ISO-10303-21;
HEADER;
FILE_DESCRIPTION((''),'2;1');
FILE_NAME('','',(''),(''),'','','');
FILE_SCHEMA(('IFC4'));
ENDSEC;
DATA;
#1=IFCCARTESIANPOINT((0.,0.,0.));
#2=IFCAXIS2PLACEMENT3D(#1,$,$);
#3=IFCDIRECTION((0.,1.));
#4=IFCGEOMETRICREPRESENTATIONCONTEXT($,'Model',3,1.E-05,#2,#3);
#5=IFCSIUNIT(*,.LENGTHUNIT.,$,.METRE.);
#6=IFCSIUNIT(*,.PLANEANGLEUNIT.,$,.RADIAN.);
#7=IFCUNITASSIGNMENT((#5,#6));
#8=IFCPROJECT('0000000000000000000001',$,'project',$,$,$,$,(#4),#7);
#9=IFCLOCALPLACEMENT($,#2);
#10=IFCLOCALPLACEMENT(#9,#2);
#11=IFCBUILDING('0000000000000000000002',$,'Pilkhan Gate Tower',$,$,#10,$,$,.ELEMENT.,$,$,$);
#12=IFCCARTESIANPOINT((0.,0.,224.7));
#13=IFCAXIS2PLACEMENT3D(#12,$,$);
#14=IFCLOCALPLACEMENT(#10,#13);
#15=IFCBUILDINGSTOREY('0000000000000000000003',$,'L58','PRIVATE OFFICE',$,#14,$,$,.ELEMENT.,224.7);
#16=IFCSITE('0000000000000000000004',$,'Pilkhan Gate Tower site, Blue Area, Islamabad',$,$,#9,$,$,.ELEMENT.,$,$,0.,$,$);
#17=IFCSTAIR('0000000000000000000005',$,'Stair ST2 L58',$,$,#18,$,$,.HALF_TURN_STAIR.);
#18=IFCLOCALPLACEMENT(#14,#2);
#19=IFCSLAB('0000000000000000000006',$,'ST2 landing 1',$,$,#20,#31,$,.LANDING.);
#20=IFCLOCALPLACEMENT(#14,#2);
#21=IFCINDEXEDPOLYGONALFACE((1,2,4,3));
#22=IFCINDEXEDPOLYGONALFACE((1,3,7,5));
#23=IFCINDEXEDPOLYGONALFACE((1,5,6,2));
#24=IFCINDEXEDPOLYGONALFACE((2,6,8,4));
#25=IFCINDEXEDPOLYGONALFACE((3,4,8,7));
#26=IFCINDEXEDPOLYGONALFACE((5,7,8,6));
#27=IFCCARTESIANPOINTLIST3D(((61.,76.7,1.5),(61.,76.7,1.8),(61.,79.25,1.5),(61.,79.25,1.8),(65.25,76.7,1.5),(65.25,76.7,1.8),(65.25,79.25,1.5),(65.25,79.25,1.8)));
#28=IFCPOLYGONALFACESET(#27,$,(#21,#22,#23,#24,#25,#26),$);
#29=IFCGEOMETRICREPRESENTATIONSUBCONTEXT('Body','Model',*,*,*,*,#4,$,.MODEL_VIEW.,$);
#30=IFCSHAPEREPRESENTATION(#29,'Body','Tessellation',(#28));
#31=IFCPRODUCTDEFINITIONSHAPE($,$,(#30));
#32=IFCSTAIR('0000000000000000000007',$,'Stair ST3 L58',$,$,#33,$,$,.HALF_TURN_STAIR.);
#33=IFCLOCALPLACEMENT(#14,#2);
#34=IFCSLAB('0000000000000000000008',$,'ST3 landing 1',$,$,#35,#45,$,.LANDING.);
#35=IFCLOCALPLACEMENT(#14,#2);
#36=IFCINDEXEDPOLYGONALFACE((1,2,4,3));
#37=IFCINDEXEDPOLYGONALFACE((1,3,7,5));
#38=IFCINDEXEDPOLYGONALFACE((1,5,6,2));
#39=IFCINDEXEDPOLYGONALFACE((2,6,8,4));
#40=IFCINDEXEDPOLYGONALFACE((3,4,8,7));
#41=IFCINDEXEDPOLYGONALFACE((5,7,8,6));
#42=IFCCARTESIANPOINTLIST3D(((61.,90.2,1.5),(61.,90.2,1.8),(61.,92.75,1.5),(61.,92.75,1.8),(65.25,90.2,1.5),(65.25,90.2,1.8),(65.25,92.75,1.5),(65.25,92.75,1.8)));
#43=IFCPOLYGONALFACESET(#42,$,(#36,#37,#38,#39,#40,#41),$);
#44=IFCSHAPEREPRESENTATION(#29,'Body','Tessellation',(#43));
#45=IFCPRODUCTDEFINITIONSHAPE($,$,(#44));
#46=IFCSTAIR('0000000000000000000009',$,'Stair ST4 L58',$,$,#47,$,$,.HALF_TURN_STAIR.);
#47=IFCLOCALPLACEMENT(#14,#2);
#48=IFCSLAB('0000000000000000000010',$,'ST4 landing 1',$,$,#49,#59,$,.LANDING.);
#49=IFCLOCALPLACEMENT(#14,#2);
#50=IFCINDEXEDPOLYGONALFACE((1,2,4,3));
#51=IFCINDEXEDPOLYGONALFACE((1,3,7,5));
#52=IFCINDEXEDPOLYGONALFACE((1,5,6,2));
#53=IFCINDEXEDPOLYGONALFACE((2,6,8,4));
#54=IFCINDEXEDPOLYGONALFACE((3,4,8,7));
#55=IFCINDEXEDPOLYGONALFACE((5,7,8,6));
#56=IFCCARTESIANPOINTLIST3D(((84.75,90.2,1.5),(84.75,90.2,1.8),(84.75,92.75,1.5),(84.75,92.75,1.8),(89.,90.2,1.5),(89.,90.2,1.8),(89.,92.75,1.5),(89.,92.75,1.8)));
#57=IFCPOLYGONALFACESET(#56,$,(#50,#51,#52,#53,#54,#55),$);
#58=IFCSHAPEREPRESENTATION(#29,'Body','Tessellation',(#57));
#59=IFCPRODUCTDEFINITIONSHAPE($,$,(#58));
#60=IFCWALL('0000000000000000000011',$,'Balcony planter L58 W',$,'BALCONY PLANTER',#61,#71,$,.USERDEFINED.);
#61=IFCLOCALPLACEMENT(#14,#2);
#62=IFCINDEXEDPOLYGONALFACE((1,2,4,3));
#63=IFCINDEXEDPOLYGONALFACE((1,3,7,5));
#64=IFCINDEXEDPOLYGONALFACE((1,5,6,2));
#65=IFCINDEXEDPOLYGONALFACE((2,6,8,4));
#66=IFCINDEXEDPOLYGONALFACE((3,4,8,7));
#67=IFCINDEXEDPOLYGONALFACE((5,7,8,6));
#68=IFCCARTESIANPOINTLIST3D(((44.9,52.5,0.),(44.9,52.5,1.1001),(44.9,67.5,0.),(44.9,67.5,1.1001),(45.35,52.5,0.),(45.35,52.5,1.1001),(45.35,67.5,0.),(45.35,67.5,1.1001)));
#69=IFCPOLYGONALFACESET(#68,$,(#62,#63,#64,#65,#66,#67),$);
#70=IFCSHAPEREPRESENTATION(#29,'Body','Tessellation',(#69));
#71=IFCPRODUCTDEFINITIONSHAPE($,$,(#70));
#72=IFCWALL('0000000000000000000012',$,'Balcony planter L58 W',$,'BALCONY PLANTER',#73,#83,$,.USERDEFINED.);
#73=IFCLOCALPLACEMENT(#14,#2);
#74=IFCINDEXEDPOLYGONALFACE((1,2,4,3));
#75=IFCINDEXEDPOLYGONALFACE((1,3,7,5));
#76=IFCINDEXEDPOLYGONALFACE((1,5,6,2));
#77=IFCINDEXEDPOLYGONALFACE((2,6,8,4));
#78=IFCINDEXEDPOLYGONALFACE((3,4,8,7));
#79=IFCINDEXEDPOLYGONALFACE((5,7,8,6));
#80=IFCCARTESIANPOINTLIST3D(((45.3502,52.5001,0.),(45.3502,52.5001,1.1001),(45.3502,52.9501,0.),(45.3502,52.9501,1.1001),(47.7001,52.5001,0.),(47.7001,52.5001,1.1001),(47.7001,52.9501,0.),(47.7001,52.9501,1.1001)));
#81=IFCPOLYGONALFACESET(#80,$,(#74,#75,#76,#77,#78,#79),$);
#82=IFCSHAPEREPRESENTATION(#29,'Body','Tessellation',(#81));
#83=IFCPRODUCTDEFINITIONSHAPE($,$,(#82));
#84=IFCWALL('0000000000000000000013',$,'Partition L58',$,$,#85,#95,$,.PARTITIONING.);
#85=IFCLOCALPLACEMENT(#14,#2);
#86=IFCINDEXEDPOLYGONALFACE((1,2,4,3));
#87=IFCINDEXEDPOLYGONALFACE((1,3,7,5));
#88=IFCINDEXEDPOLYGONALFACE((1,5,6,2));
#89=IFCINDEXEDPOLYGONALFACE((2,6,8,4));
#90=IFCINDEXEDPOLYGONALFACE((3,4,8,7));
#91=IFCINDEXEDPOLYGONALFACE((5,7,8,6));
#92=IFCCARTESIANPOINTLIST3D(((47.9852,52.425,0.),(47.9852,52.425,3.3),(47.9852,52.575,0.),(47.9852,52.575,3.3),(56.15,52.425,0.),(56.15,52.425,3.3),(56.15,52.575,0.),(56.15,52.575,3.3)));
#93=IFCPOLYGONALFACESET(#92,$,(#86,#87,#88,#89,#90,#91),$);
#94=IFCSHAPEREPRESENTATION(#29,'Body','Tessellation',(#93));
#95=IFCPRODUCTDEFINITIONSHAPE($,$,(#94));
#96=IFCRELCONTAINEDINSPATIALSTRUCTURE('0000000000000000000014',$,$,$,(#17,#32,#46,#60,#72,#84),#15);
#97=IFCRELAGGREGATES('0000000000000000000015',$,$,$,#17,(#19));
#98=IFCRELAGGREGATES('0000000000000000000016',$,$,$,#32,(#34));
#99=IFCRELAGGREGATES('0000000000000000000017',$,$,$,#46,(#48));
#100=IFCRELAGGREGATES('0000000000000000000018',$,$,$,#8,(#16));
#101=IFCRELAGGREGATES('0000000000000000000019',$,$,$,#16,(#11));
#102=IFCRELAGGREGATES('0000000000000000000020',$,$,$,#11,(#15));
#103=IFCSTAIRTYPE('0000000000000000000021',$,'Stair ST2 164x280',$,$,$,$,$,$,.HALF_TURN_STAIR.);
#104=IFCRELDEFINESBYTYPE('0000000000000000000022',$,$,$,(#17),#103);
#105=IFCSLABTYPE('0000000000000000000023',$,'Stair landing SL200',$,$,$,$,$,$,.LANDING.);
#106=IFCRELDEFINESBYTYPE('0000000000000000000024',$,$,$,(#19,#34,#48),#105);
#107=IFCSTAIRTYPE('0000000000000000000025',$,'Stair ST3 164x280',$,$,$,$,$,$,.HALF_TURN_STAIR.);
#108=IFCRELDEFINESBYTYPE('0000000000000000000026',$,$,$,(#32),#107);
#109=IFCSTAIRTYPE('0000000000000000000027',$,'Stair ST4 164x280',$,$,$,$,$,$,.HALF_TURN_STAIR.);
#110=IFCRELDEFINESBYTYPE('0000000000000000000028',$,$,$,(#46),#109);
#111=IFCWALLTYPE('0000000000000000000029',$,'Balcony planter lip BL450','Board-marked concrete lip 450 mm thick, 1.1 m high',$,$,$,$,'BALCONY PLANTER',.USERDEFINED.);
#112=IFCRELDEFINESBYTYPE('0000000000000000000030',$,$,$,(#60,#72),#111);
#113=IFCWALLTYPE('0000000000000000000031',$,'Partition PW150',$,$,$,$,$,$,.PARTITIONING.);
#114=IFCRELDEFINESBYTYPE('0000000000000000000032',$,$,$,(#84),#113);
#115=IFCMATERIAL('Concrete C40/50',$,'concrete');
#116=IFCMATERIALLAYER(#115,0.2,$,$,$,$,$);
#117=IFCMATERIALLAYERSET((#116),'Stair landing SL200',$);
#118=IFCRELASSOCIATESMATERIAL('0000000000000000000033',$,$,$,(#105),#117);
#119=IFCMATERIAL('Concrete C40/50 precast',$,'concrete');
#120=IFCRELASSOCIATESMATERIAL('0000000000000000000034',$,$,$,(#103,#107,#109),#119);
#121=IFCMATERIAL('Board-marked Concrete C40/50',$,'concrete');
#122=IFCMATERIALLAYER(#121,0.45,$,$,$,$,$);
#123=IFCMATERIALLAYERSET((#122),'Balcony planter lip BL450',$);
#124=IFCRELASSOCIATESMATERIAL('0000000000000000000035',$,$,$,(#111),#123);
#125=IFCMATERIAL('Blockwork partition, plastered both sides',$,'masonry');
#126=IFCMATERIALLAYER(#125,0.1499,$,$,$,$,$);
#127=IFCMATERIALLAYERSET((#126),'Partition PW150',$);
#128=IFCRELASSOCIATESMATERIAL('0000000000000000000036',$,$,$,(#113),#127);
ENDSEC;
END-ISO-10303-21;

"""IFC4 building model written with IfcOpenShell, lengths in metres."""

from ifc_helpers import new_model, si_unit, direction, frame, frame_2d, origin, place, context, subcontext, project, spatial, polyline, rectangle, outline, extrude, material, layer, layer_set, type_object, element, aggregate, save


model = new_model("IFC4")

# Units and contexts
model_context = context("Model", 3, precision=1e-05, world=origin(), true_north=direction((0.0, 1.0)))
body_context = subcontext(model_context, "Body", "Model", "MODEL_VIEW")
ifc_project = project(units=[si_unit("LENGTHUNIT", "METRE"), si_unit("PLANEANGLEUNIT", "RADIAN")], contexts=[model_context])

# Site, building, storey
site_placement = place(None, origin())
site = spatial("IfcSite", under=ifc_project, at=site_placement, Name="Pilkhan Gate Tower site, Blue Area, Islamabad", CompositionType="ELEMENT", RefElevation=0.0)
building_placement = place(site_placement, origin())
building = spatial("IfcBuilding", under=site, at=building_placement, Name="Pilkhan Gate Tower", CompositionType="ELEMENT")
storey_placement = place(building_placement, frame((0.0, 0.0, 224.7)))
storey = spatial("IfcBuildingStorey", under=building, at=storey_placement, Name="L58", Description="PRIVATE OFFICE", CompositionType="ELEMENT", Elevation=224.7)

# Shared definitions
ifc_material_1 = material(Name="Concrete C40/50", Category="concrete")

# Stairs, slabs
ifc_material_2 = material(Name="Concrete C40/50 precast", Category="concrete")
ifc_layer_1 = layer(ifc_material_1, 0.2)
ifc_layer_set_1 = layer_set([ifc_layer_1], Name="Stair landing SL200")
slab_type_1 = type_object("IfcSlabType", Name="Stair landing SL200", PredefinedType="LANDING", material=ifc_layer_set_1)
stair_type_1 = type_object("IfcStairType", Name="Stair ST2 164x280", PredefinedType="HALF_TURN_STAIR", material=ifc_material_2)
stair_1_placement = place(storey_placement, origin())
stair_1 = element("IfcStair", 1, at=stair_1_placement, inside=storey, type_object=stair_type_1, Name="Stair ST2 L58", PredefinedType="HALF_TURN_STAIR")
slab_1_placement = place(storey_placement, frame((0.0, 0.0, 1.5)))
slab_1 = element("IfcSlab", 2, at=slab_1_placement, type_object=slab_type_1, Name="ST2 landing 1", PredefinedType="LANDING", context=body_context, shape_type="SweptSolid", body=[
    extrude(outline(polyline([(65.25, 76.7), (65.25, 79.25), (61.0, 79.25), (61.0, 76.7), (65.25, 76.7)])), origin(), (0.0, 0.0, 1.0), 0.3),
])
aggregate(stair_1, [slab_1])
stair_type_2 = type_object("IfcStairType", Name="Stair ST3 164x280", PredefinedType="HALF_TURN_STAIR", material=ifc_material_2)
stair_2_placement = place(storey_placement, origin())
stair_2 = element("IfcStair", 3, at=stair_2_placement, inside=storey, type_object=stair_type_2, Name="Stair ST3 L58", PredefinedType="HALF_TURN_STAIR")
slab_2_placement = place(storey_placement, frame((0.0, 0.0, 1.5)))
slab_2 = element("IfcSlab", 4, at=slab_2_placement, type_object=slab_type_1, Name="ST3 landing 1", PredefinedType="LANDING", context=body_context, shape_type="SweptSolid", body=[
    extrude(outline(polyline([(65.25, 90.2), (65.25, 92.75), (61.0, 92.75), (61.0, 90.2), (65.25, 90.2)])), origin(), (0.0, 0.0, 1.0), 0.3),
])
aggregate(stair_2, [slab_2])
stair_type_3 = type_object("IfcStairType", Name="Stair ST4 164x280", PredefinedType="HALF_TURN_STAIR", material=ifc_material_2)
stair_3_placement = place(storey_placement, origin())
stair_3 = element("IfcStair", 5, at=stair_3_placement, inside=storey, type_object=stair_type_3, Name="Stair ST4 L58", PredefinedType="HALF_TURN_STAIR")
slab_3_placement = place(storey_placement, frame((0.0, 0.0, 1.5)))
slab_3 = element("IfcSlab", 6, at=slab_3_placement, type_object=slab_type_1, Name="ST4 landing 1", PredefinedType="LANDING", context=body_context, shape_type="SweptSolid", body=[
    extrude(outline(polyline([(89.0, 90.2), (89.0, 92.75), (84.75, 92.75), (84.75, 90.2), (89.0, 90.2)])), origin(), (0.0, 0.0, 1.0), 0.3),
])
aggregate(stair_3, [slab_3])

# Walls
ifc_material_3 = material(Name="Board-marked Concrete C40/50", Category="concrete")
ifc_layer_2 = layer(ifc_material_3, 0.45)
ifc_layer_set_2 = layer_set([ifc_layer_2], Name="Balcony planter lip BL450")
wall_type_1 = type_object("IfcWallType", Name="Balcony planter lip BL450", Description="Board-marked concrete lip 450 mm thick, 1.1 m high", ElementType="BALCONY PLANTER", PredefinedType="USERDEFINED", material=ifc_layer_set_2)
wall_1_placement = place(storey_placement, frame((45.125, 52.5, 0.0), z_axis=(0.0, 0.0, 1.0), x_axis=(0.0, 1.0, 0.0)))
element("IfcWall", 7, at=wall_1_placement, inside=storey, type_object=wall_type_1, Name="Balcony planter L58 W", ObjectType="BALCONY PLANTER", PredefinedType="USERDEFINED", context=body_context, shape_type="SweptSolid", body=[
    extrude(rectangle(XDim=15.0, YDim=0.45, at=frame_2d((7.5, 0.0))), origin(), (0.0, 0.0, 1.0), 1.1001),
])
wall_2_placement = place(storey_placement, frame((47.7, 52.7251, 0.0), z_axis=(0.0, 0.0, 1.0), x_axis=(-1.0, 0.0, 0.0)))
element("IfcWall", 8, at=wall_2_placement, inside=storey, type_object=wall_type_1, Name="Balcony planter L58 W", ObjectType="BALCONY PLANTER", PredefinedType="USERDEFINED", context=body_context, shape_type="SweptSolid", body=[
    extrude(rectangle(XDim=2.3499, YDim=0.45, at=frame_2d((1.1748, 0.0))), origin(), (0.0, 0.0, 1.0), 1.1001),
])
ifc_material_4 = material(Name="Blockwork partition, plastered both sides", Category="masonry")
ifc_layer_3 = layer(ifc_material_4, 0.1499)
ifc_layer_set_3 = layer_set([ifc_layer_3], Name="Partition PW150")
wall_type_2 = type_object("IfcWallType", Name="Partition PW150", PredefinedType="PARTITIONING", material=ifc_layer_set_3)
wall_3_placement = place(storey_placement, frame((47.9851, 52.5, 0.0), z_axis=(0.0, 0.0, 1.0), x_axis=(1.0, 0.0, 0.0)))
element("IfcWall", 9, at=wall_3_placement, inside=storey, type_object=wall_type_2, Name="Partition L58", PredefinedType="PARTITIONING", context=body_context, shape_type="SweptSolid", body=[
    extrude(rectangle(XDim=8.1648, YDim=0.1499, at=frame_2d((4.0825, 0.0))), origin(), (0.0, 0.0, 1.0), 3.3),
])

save(model, "model.ifc")
